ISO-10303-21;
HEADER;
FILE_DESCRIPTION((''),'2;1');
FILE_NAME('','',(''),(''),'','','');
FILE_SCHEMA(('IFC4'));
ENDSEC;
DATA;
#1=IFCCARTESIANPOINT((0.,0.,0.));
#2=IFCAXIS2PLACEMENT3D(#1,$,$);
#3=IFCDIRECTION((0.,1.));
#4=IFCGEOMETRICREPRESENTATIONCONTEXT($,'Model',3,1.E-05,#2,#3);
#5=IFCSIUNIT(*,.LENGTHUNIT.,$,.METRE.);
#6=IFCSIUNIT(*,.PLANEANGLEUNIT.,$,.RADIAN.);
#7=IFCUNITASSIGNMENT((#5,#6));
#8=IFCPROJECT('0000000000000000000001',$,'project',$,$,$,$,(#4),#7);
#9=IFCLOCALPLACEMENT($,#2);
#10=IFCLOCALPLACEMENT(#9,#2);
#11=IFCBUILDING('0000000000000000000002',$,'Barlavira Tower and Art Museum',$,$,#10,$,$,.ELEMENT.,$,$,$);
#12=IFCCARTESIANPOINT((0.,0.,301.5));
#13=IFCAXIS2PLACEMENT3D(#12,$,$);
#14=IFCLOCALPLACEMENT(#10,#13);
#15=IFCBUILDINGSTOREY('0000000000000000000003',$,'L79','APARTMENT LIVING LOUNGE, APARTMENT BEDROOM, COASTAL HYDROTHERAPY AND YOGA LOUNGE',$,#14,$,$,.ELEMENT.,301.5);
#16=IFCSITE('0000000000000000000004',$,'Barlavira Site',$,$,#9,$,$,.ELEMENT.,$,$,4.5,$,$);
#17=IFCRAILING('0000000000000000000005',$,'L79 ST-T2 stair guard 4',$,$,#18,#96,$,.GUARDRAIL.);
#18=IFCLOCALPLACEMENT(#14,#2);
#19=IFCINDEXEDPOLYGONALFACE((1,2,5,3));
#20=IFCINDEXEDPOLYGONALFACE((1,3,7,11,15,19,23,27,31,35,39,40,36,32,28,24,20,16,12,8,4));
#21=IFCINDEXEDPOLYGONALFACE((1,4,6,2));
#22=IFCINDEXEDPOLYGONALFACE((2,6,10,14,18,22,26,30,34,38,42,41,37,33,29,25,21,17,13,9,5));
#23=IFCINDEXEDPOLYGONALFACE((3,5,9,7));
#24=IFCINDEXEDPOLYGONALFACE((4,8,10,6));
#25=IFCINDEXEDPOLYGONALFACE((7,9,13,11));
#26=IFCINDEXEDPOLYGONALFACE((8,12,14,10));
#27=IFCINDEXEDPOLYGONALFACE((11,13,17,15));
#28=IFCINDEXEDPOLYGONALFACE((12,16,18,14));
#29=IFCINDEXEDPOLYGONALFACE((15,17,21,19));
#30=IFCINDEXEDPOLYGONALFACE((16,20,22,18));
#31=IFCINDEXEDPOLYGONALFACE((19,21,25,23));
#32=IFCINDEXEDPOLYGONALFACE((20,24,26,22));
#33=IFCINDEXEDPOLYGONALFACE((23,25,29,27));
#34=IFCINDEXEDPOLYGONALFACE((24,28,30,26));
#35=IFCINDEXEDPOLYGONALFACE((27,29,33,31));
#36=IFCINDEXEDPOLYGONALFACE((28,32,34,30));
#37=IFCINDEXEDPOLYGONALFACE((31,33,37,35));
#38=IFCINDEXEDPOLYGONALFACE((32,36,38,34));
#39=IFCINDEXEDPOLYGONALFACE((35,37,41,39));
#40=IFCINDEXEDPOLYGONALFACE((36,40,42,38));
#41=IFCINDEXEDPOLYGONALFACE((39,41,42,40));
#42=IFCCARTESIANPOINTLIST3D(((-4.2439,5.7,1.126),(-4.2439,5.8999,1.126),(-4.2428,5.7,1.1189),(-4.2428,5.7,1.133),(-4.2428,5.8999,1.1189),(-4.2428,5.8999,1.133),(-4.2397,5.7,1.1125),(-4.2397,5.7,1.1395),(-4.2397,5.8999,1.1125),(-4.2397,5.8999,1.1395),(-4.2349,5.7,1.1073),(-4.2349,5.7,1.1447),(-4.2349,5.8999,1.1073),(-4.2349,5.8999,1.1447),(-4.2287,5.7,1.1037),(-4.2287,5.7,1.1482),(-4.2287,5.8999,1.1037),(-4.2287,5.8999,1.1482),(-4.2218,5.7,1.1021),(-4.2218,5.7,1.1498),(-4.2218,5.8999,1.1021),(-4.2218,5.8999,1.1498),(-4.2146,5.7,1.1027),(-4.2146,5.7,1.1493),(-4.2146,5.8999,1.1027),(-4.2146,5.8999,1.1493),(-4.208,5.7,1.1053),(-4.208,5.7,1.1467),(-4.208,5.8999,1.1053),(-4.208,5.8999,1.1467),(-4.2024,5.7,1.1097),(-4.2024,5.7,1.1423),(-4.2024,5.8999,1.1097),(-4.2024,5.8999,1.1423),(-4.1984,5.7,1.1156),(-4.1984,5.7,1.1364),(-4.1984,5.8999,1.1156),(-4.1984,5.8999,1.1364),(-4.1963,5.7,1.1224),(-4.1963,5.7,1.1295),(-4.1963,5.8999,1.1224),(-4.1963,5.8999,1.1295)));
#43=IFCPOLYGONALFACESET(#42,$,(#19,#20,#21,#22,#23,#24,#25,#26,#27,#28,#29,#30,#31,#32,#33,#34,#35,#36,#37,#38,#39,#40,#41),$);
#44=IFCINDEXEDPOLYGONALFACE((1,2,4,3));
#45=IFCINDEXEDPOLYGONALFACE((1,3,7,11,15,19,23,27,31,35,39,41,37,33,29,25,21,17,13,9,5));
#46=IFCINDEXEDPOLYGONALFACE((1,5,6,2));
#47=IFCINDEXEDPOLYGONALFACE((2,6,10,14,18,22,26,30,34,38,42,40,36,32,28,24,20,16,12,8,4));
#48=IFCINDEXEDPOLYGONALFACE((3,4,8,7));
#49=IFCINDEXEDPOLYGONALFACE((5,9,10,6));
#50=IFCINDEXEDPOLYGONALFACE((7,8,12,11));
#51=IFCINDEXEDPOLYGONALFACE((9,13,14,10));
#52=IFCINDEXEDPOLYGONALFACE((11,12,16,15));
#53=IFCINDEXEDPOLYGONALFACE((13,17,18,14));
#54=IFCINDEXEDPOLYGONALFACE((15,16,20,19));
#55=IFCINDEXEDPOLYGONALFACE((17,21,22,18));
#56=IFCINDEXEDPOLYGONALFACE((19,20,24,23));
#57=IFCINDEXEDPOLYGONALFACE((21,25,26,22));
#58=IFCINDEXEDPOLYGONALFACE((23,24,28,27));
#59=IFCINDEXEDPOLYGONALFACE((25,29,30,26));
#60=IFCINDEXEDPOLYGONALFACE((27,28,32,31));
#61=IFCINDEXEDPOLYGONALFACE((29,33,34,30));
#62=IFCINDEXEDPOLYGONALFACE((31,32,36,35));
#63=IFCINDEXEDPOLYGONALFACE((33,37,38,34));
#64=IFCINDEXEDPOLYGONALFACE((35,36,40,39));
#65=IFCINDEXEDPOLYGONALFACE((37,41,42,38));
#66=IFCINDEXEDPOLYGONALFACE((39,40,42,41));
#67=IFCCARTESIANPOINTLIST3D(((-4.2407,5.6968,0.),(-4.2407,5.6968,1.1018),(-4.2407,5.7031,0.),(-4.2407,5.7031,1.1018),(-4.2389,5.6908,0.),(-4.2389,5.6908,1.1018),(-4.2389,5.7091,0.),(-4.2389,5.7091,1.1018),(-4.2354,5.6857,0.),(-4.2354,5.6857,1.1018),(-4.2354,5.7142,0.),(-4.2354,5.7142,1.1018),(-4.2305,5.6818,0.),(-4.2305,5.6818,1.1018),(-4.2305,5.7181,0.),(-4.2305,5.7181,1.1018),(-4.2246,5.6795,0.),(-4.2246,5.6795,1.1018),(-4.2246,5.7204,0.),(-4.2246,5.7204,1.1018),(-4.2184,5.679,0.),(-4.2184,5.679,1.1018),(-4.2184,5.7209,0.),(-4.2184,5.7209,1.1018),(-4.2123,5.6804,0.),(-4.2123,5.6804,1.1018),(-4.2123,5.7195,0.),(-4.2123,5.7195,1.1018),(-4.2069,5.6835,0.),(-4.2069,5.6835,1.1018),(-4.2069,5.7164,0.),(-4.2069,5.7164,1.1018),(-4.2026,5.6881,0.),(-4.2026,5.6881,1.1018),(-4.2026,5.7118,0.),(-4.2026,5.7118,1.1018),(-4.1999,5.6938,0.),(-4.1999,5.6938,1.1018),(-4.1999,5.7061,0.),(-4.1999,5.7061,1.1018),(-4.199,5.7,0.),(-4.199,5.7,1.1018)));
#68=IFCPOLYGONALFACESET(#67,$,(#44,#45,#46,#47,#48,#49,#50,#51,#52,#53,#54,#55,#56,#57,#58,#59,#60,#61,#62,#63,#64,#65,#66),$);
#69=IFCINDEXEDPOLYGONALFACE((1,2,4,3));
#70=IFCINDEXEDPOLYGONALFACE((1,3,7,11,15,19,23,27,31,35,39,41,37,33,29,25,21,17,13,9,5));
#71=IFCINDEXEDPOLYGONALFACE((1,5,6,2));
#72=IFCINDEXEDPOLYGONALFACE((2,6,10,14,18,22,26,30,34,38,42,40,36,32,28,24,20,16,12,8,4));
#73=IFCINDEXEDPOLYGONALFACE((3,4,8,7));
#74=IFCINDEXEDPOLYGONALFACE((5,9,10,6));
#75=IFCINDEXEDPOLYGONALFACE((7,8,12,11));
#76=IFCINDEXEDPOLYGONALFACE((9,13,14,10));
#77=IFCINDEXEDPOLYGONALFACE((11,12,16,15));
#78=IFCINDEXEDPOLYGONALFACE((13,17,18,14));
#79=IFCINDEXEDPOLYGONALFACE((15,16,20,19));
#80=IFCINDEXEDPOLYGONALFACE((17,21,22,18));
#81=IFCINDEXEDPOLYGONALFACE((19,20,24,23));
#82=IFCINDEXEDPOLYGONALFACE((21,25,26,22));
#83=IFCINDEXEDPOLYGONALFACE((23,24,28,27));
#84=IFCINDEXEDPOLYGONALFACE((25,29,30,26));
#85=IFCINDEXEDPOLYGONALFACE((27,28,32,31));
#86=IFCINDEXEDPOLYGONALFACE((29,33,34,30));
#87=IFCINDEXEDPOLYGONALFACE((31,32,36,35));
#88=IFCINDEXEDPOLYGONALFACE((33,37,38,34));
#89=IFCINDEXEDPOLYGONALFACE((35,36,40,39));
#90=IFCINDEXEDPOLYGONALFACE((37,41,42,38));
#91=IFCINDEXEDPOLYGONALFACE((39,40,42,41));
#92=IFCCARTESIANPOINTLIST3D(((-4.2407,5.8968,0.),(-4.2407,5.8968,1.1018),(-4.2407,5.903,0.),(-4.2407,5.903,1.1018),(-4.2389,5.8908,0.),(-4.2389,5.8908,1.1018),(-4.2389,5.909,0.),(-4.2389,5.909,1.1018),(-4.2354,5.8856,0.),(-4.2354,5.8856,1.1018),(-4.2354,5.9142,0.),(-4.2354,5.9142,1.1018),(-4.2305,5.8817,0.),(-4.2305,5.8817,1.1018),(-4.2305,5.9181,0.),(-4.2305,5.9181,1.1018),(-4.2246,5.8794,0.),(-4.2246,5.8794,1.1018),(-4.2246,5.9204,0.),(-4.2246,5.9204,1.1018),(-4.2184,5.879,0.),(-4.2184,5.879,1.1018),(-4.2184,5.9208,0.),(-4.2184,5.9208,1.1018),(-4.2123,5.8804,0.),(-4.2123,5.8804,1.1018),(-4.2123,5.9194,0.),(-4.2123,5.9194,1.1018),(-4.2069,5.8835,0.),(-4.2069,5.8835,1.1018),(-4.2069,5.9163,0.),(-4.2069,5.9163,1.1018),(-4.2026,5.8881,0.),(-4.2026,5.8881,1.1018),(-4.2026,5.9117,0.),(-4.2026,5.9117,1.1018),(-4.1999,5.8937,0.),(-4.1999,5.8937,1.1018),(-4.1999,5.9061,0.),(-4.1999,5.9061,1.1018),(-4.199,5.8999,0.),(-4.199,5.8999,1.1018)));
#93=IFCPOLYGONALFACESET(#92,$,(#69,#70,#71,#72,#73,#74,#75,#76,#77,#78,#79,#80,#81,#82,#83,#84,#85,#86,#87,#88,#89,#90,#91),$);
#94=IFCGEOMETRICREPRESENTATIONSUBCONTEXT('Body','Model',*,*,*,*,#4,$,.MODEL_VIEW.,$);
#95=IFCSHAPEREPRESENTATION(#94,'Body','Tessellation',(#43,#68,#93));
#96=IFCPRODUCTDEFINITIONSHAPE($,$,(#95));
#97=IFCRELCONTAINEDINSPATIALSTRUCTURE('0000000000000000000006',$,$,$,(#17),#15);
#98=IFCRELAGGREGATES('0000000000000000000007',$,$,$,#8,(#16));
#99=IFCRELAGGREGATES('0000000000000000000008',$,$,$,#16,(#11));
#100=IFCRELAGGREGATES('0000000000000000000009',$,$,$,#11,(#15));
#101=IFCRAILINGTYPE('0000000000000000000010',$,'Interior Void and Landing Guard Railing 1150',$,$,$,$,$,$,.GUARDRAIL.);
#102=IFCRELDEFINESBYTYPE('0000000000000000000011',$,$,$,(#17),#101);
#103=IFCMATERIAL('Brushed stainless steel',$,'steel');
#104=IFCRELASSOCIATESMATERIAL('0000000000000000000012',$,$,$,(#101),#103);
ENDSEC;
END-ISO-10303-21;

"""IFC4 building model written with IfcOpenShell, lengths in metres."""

from ifc_helpers import new_model, si_unit, direction, frame, origin, origin_2d, place, context, subcontext, project, spatial, circle, extrude, material, type_object, element, save


model = new_model("IFC4")

# Units and contexts
model_context = context("Model", 3, precision=1e-05, world=origin(), true_north=direction((0.0, 1.0)))
body_context = subcontext(model_context, "Body", "Model", "MODEL_VIEW")
ifc_project = project(units=[si_unit("LENGTHUNIT", "METRE"), si_unit("PLANEANGLEUNIT", "RADIAN")], contexts=[model_context])

# Site, building, storey
site_placement = place(None, origin())
site = spatial("IfcSite", under=ifc_project, at=site_placement, Name="Barlavira Site", CompositionType="ELEMENT", RefElevation=4.5)
building_placement = place(site_placement, origin())
building = spatial("IfcBuilding", under=site, at=building_placement, Name="Barlavira Tower and Art Museum", CompositionType="ELEMENT")
storey_placement = place(building_placement, frame((0.0, 0.0, 301.5)))
storey = spatial("IfcBuildingStorey", under=building, at=storey_placement, Name="L79", Description="APARTMENT LIVING LOUNGE, APARTMENT BEDROOM, COASTAL HYDROTHERAPY AND YOGA LOUNGE", CompositionType="ELEMENT", Elevation=301.5)

# Shared definitions
ifc_material_1 = material(Name="Brushed stainless steel", Category="steel")

# Railing
railing_type_1 = type_object("IfcRailingType", Name="Interior Void and Landing Guard Railing 1150", PredefinedType="GUARDRAIL", material=ifc_material_1)
railing_1_placement = place(storey_placement, frame((-4.22, 5.7, 0.0)))
element("IfcRailing", 1, at=railing_1_placement, inside=storey, type_object=railing_type_1, Name="L79 ST-T2 stair guard 4", PredefinedType="GUARDRAIL", context=body_context, shape_type="SweptSolid", body=[
    extrude(circle(Radius=0.0239, at=origin_2d()), frame((0.0, 0.0, 1.126), z_axis=(0.0, 1.0, 0.0), x_axis=(-1.0, 0.0, 0.0)), (0.0, 0.0, 1.0), 0.2),
    extrude(circle(Radius=0.021, at=origin_2d()), origin(), (0.0, 0.0, 1.0), 1.1018),
    extrude(circle(Radius=0.021, at=origin_2d()), frame((0.0, 0.2, 0.0)), (0.0, 0.0, 1.0), 1.1018),
])

save(model, "model.ifc")
